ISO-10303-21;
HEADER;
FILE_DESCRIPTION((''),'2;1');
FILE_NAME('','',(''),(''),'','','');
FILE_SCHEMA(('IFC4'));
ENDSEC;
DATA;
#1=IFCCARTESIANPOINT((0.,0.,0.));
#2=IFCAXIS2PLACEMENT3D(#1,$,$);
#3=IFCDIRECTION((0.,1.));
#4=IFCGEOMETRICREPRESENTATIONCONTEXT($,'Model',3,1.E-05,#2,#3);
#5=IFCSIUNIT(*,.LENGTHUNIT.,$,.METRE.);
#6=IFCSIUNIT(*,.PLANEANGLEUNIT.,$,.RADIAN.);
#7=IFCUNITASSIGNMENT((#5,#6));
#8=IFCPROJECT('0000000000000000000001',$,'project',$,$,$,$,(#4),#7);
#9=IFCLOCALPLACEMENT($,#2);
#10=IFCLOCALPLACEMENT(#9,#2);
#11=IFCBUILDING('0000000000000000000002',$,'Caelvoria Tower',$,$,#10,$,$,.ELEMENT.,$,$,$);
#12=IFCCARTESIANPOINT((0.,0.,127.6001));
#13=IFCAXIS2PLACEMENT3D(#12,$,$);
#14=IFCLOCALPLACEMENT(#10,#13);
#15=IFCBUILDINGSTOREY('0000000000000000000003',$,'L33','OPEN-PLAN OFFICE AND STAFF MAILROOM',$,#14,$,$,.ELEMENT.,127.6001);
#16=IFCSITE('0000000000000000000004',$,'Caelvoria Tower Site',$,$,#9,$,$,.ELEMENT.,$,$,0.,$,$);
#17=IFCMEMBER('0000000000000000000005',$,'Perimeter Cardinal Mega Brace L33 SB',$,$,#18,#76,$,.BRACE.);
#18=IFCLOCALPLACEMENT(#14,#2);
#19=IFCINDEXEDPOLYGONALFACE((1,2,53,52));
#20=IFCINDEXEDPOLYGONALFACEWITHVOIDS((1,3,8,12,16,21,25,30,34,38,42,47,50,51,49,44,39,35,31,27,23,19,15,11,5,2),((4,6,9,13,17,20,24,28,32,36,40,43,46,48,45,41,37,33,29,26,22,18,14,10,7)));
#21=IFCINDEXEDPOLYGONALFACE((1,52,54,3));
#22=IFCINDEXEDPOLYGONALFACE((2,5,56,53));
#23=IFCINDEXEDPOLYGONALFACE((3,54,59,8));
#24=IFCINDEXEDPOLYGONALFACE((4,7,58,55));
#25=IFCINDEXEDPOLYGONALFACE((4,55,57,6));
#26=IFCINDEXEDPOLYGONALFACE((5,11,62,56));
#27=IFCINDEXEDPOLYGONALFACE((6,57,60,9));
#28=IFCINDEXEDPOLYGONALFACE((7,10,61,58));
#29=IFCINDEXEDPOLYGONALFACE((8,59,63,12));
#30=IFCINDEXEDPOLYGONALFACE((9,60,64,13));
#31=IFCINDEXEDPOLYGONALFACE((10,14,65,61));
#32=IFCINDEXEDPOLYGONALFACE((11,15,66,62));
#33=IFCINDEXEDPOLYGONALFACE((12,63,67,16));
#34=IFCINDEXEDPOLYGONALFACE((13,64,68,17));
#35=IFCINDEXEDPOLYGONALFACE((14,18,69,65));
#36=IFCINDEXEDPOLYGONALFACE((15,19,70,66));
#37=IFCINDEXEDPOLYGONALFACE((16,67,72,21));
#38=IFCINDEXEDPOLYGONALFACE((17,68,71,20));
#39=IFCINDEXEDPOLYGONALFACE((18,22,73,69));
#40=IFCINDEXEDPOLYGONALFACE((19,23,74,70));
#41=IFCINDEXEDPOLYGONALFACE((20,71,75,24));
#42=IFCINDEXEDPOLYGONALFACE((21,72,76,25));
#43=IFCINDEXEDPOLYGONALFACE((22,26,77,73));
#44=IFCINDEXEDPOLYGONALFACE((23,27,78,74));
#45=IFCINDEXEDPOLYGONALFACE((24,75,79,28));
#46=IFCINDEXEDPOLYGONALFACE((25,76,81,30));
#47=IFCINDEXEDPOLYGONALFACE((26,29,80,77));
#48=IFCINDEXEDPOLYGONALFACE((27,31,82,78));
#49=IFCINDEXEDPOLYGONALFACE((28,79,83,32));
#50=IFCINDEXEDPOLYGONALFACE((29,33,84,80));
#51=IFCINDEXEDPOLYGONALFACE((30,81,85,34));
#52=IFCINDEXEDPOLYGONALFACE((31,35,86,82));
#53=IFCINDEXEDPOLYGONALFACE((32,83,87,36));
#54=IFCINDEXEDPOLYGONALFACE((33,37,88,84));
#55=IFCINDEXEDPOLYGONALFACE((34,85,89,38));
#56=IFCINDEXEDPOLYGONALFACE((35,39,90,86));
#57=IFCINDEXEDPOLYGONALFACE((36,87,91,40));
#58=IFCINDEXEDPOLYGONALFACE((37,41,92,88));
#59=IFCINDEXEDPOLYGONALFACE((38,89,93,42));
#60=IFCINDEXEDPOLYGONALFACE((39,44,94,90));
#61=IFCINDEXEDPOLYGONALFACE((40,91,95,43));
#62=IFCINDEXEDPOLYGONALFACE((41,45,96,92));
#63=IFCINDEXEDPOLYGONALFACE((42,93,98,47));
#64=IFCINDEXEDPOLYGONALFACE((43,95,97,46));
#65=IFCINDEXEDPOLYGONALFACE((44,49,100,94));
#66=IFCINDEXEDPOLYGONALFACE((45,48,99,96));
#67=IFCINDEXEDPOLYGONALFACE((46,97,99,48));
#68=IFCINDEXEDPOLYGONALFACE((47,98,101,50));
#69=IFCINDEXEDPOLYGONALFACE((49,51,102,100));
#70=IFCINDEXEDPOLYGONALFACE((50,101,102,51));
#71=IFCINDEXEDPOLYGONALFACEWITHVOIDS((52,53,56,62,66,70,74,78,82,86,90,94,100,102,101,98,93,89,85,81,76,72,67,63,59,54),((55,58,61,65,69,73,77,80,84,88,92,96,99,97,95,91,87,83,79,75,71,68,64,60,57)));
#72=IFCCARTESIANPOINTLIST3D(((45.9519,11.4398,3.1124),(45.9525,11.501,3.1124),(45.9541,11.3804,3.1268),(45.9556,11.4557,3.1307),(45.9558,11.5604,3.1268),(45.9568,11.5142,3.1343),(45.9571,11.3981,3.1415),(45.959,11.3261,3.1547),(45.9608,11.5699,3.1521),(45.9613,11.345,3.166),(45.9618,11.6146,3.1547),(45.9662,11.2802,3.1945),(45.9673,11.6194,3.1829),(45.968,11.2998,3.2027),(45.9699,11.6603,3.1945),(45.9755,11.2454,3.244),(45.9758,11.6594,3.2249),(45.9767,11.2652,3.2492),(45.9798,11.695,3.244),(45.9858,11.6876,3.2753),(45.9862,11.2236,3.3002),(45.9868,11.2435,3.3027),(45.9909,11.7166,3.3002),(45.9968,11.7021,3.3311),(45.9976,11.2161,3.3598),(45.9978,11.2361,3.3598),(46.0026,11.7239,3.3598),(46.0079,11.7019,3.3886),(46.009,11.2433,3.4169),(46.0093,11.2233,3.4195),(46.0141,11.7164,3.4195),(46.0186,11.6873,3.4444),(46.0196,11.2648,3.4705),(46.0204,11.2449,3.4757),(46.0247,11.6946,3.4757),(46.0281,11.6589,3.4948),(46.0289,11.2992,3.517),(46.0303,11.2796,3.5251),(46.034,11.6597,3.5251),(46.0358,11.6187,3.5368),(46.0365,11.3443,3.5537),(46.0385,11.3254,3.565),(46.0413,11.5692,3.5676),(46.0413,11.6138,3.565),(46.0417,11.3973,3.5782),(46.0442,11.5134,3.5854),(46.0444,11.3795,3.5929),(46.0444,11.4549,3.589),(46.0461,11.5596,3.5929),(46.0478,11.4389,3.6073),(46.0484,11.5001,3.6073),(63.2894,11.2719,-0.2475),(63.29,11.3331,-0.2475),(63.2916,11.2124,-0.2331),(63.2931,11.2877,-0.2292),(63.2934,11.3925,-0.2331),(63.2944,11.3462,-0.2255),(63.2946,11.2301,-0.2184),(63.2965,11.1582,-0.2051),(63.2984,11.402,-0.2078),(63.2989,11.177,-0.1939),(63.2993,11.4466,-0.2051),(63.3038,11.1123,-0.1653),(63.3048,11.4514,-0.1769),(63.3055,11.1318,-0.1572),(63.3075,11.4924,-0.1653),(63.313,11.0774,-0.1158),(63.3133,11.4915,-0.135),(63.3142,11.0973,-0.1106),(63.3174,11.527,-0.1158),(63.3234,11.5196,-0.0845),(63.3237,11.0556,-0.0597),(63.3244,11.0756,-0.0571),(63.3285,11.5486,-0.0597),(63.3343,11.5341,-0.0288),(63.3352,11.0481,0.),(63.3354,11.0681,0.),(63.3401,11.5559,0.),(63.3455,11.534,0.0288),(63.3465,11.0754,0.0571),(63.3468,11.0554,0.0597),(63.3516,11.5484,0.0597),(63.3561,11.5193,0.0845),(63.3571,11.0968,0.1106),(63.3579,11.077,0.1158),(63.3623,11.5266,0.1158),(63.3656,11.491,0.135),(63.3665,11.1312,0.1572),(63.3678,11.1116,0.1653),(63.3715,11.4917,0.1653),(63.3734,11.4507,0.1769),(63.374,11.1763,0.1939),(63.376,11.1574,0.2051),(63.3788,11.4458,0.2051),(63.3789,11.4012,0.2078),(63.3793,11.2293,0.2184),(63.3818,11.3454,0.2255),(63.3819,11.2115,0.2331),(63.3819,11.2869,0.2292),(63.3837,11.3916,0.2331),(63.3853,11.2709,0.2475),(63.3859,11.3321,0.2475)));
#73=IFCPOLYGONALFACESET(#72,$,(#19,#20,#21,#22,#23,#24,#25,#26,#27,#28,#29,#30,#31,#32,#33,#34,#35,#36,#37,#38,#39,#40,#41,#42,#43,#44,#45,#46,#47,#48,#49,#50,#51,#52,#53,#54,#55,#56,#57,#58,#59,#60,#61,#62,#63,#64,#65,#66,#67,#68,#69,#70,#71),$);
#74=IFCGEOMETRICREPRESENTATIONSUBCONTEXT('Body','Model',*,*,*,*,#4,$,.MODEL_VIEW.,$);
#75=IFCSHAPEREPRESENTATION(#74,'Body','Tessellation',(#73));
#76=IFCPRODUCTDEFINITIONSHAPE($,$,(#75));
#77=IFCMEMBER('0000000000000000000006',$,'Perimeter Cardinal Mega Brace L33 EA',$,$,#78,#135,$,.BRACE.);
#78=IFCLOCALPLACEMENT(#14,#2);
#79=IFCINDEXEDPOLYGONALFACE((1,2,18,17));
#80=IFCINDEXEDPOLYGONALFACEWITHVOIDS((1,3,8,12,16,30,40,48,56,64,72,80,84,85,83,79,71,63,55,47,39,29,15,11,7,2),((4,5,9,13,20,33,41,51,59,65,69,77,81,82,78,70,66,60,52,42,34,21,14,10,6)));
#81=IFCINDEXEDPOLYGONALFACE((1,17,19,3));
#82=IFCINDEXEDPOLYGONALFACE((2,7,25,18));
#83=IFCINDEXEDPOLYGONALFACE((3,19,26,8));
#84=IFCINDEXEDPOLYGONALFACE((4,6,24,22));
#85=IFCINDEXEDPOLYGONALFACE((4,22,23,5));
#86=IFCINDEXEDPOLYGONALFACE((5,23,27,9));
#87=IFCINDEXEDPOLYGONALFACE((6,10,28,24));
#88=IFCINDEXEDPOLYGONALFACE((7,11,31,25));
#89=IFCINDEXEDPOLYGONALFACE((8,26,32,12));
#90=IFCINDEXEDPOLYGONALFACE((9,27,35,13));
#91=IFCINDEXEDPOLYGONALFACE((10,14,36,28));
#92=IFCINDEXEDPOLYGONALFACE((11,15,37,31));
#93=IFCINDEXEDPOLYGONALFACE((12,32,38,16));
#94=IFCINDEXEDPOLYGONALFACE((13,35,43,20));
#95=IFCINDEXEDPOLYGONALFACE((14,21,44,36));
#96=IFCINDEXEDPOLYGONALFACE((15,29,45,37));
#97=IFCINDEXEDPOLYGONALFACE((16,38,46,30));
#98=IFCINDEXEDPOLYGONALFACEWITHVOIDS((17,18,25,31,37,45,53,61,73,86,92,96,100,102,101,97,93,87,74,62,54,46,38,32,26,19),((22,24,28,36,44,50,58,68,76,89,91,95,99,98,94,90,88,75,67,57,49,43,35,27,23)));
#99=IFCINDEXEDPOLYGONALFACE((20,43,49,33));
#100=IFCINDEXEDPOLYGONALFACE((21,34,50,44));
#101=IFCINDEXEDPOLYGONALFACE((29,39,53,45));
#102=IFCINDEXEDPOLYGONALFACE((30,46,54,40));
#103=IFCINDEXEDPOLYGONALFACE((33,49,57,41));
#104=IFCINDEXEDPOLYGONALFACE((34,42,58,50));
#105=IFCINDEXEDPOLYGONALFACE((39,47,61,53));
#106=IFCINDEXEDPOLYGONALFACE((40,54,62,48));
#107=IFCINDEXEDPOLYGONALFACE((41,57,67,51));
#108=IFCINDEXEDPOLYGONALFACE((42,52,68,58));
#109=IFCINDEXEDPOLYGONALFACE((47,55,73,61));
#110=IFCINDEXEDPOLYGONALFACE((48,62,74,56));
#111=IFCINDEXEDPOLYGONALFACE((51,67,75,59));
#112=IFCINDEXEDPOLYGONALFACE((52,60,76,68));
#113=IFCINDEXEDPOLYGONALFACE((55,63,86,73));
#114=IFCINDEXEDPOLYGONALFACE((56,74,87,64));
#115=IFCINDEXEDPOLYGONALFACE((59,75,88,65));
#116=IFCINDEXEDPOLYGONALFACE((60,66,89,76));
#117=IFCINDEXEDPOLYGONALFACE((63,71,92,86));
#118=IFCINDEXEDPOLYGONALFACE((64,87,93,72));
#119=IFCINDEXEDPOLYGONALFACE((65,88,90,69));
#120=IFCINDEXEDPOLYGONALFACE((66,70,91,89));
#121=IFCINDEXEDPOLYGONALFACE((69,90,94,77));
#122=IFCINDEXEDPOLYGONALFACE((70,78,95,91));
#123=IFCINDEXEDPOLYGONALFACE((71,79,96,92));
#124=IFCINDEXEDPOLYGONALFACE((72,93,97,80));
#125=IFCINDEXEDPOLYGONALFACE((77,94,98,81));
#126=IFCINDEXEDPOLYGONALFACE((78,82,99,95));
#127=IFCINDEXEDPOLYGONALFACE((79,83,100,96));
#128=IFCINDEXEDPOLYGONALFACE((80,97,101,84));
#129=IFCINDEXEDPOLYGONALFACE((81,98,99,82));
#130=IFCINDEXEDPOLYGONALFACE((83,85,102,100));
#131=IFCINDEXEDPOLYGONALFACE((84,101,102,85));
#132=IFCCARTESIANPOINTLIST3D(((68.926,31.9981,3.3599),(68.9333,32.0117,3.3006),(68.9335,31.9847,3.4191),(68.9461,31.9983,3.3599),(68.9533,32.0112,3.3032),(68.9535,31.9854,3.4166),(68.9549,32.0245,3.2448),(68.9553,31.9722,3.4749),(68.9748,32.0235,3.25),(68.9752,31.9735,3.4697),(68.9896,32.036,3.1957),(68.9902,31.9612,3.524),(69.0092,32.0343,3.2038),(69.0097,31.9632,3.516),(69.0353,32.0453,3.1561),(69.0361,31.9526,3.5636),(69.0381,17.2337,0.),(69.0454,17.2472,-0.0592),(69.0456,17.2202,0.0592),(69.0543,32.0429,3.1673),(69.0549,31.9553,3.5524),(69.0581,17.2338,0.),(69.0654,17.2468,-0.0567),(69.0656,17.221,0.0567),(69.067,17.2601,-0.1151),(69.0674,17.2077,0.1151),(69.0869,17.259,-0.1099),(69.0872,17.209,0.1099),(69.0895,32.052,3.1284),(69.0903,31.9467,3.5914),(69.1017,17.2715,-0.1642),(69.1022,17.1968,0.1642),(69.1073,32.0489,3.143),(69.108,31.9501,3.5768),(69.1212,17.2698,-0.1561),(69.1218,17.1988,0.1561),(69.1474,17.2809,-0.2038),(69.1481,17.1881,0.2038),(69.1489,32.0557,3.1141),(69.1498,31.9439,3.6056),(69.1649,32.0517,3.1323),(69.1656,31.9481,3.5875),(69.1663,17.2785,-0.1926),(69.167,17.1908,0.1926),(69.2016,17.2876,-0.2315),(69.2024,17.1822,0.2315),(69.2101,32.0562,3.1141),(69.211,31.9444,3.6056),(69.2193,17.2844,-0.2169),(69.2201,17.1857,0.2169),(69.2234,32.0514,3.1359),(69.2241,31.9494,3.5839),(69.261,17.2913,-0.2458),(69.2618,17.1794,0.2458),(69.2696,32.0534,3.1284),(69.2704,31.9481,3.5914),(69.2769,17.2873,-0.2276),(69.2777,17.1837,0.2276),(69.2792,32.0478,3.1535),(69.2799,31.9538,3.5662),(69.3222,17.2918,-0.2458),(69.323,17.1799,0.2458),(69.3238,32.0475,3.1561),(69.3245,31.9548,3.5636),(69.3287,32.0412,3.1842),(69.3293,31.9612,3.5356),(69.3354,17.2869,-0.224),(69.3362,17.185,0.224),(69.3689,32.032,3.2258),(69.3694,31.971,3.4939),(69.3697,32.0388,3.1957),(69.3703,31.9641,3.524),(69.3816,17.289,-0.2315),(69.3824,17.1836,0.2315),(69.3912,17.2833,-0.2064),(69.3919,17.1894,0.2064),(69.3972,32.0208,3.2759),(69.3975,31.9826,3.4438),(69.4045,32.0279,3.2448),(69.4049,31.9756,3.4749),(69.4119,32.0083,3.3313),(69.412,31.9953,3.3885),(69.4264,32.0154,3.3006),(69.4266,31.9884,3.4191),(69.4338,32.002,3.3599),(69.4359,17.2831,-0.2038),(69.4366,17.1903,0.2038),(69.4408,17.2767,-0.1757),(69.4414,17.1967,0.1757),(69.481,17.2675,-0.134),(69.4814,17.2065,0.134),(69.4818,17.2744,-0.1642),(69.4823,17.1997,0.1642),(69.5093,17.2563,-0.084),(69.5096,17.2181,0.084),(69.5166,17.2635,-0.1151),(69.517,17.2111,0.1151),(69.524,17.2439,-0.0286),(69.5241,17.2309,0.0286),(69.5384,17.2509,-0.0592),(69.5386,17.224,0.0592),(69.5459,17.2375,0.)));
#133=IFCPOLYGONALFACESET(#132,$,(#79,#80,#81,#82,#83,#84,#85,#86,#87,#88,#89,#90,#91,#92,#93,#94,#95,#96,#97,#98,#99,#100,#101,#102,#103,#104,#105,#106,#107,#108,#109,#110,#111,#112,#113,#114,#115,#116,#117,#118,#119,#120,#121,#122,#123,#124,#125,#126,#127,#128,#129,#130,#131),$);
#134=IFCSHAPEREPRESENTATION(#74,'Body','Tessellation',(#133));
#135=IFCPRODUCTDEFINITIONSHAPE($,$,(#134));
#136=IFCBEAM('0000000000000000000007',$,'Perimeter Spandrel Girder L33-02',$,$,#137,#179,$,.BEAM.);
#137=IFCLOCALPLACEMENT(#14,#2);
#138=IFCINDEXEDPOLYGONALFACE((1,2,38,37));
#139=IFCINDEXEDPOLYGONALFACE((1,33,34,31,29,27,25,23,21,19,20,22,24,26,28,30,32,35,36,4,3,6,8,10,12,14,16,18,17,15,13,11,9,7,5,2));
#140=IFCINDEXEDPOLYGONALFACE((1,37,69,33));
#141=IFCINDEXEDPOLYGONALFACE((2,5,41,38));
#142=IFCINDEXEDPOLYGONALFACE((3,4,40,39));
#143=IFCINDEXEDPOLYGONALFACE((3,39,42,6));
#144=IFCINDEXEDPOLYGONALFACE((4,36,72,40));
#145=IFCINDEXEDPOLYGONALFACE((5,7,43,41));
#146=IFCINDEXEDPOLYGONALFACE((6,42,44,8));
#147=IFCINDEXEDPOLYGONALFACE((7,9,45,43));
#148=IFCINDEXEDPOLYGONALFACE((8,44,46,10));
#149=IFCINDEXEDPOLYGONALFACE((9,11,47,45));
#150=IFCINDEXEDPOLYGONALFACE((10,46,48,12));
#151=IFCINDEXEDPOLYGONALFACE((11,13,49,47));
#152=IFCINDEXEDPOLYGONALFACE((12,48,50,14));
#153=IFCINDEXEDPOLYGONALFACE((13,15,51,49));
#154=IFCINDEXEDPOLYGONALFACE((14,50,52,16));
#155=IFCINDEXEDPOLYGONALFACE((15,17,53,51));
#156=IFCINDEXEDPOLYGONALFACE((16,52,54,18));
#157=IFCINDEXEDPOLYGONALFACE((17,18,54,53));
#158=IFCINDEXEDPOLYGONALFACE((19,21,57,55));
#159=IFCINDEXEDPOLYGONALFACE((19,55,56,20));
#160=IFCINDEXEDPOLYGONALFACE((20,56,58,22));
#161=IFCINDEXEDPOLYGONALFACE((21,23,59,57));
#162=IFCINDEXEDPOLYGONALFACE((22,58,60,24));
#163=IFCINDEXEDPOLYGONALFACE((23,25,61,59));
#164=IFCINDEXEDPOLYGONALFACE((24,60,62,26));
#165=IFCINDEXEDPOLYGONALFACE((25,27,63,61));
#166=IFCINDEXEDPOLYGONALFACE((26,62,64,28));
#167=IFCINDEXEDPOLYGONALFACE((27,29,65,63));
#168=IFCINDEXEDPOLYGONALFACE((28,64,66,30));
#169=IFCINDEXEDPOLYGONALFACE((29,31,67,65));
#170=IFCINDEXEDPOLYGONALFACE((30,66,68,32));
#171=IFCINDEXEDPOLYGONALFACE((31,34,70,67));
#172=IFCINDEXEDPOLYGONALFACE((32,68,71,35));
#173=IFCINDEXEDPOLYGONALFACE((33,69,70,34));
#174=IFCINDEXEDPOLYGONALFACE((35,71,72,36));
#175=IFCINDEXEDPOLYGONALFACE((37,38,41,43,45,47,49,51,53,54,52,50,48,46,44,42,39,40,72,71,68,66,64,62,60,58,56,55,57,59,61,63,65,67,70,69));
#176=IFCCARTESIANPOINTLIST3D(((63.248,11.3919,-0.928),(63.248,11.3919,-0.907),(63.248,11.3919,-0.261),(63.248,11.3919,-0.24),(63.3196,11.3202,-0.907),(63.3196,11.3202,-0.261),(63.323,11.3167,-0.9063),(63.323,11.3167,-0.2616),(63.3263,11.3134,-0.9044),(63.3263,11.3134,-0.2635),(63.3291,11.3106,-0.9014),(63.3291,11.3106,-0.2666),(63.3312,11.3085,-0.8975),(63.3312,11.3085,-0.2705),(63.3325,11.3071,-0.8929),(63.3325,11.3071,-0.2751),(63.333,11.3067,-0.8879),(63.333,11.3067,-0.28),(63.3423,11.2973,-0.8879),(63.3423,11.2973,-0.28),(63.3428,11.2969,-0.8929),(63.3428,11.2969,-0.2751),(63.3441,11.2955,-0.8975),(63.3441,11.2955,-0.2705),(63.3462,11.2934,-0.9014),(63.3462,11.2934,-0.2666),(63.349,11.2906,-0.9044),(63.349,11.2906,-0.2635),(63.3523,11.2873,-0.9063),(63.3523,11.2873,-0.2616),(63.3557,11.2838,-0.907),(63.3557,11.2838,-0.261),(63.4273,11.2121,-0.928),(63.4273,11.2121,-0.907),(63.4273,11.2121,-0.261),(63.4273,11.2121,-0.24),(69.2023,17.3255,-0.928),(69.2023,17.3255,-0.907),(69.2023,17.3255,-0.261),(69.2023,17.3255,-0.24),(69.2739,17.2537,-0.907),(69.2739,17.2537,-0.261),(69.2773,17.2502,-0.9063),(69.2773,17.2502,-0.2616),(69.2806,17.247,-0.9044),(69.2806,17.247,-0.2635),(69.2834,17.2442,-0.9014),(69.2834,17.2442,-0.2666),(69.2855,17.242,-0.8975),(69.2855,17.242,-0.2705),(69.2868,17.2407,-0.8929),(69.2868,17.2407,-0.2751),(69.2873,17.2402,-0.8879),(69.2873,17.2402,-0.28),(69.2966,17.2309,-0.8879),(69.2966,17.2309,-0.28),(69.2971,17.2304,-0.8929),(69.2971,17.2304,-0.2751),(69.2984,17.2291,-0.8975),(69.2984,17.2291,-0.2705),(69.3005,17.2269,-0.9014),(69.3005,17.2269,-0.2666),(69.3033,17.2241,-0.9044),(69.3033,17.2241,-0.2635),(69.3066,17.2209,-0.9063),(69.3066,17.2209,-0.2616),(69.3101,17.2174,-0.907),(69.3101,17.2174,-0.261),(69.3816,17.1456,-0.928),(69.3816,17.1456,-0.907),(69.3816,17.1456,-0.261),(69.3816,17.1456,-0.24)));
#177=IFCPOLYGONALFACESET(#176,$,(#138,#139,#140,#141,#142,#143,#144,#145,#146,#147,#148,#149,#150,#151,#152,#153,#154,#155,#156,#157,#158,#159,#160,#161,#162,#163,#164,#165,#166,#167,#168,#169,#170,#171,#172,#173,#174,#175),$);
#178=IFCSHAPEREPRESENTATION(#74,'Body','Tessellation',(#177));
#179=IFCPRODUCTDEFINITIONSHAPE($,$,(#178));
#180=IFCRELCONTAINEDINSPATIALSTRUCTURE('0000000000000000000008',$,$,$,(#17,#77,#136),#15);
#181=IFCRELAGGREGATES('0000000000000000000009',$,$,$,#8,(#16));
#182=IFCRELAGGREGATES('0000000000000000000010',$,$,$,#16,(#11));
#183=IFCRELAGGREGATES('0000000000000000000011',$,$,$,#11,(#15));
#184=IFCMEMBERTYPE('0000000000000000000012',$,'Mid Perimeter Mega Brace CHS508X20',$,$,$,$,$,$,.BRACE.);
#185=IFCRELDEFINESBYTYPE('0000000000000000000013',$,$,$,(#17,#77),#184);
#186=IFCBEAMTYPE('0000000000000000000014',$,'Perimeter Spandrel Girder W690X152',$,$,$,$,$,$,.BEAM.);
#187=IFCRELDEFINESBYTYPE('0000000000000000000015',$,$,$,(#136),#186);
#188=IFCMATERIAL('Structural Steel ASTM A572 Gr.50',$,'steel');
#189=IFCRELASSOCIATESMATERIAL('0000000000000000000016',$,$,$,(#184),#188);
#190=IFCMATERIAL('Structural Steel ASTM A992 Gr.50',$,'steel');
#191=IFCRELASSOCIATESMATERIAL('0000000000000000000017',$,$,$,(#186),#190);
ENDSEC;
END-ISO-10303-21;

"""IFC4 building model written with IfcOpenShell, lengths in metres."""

from ifc_helpers import new_model, si_unit, direction, frame, origin, origin_2d, place, context, subcontext, project, spatial, hollow_circle, i_section, extrude, material, material_profile, profile_set, type_object, element, save


model = new_model("IFC4")

# Units and contexts
model_context = context("Model", 3, precision=1e-05, world=origin(), true_north=direction((0.0, 1.0)))
body_context = subcontext(model_context, "Body", "Model", "MODEL_VIEW")
ifc_project = project(units=[si_unit("LENGTHUNIT", "METRE"), si_unit("PLANEANGLEUNIT", "RADIAN")], contexts=[model_context])

# Site, building, storey
site_placement = place(None, origin())
site = spatial("IfcSite", under=ifc_project, at=site_placement, Name="Caelvoria Tower Site", CompositionType="ELEMENT", RefElevation=0.0)
building_placement = place(site_placement, origin())
building = spatial("IfcBuilding", under=site, at=building_placement, Name="Caelvoria Tower", CompositionType="ELEMENT")
storey_placement = place(building_placement, frame((0.0, 0.0, 127.6001)))
storey = spatial("IfcBuildingStorey", under=building, at=storey_placement, Name="L33", Description="OPEN-PLAN OFFICE AND STAFF MAILROOM", CompositionType="ELEMENT", Elevation=127.6001)

# Shared definitions
ifc_material_1 = material(Name="Structural Steel ASTM A572 Gr.50", Category="steel")

# Members
ifc_material_profile_1 = material_profile(ifc_material_1, hollow_circle(Radius=0.2539, WallThickness=0.02, at=origin_2d()), Name="Structural Steel ASTM A572 Gr.50")
ifc_profile_set_1 = profile_set([ifc_material_profile_1], Name="CHS508X20 - Structural Steel ASTM A572 Gr.50")
member_type = type_object("IfcMemberType", Name="Mid Perimeter Mega Brace CHS508X20", PredefinedType="BRACE", material=ifc_profile_set_1)
member_1_placement = place(storey_placement, frame((63.3376, 11.302, 0.0), z_axis=(-0.981691, 0.009511, 0.190242), x_axis=(-0.009688, -0.999953, 0.0)))
element("IfcMember", 1, at=member_1_placement, inside=storey, type_object=member_type, Name="Perimeter Cardinal Mega Brace L33 SB", PredefinedType="BRACE", context=body_context, shape_type="SweptSolid", body=[
    extrude(hollow_circle(Radius=0.2539, WallThickness=0.02, at=origin_2d()), origin(), (0.0, 0.0, 1.0), 17.6609),
])
member_2_placement = place(storey_placement, frame((69.292, 17.2356, 0.0), z_axis=(-0.007401, 0.975045, 0.221886), x_axis=(-0.999971, -0.00759, 0.0)))
element("IfcMember", 2, at=member_2_placement, inside=storey, type_object=member_type, Name="Perimeter Cardinal Mega Brace L33 EA", PredefinedType="BRACE", context=body_context, shape_type="SweptSolid", body=[
    extrude(hollow_circle(Radius=0.2539, WallThickness=0.02, at=origin_2d()), origin(), (0.0, 0.0, 1.0), 15.1423),
])

# Beam
ifc_material_2 = material(Name="Structural Steel ASTM A992 Gr.50", Category="steel")
ifc_material_profile_2 = material_profile(ifc_material_2, i_section(OverallWidth=0.2539, OverallDepth=0.688, WebThickness=0.0132, FlangeThickness=0.021, FilletRadius=0.019, at=origin_2d()), Name="Structural Steel ASTM A992 Gr.50")
ifc_profile_set_2 = profile_set([ifc_material_profile_2], Name="W690X152 - Structural Steel ASTM A992 Gr.50")
beam_type = type_object("IfcBeamType", Name="Perimeter Spandrel Girder W690X152", PredefinedType="BEAM", material=ifc_profile_set_2)
beam_placement = place(storey_placement, frame((63.3376, 11.302, -0.584), z_axis=(0.70834, 0.705871, 0.0), x_axis=(-0.705871, 0.70834, 0.0)))
element("IfcBeam", 3, at=beam_placement, inside=storey, type_object=beam_type, Name="Perimeter Spandrel Girder L33-02", PredefinedType="BEAM", context=body_context, shape_type="SweptSolid", body=[
    extrude(i_section(OverallWidth=0.2539, OverallDepth=0.688, WebThickness=0.0132, FlangeThickness=0.021, FilletRadius=0.019, at=origin_2d()), origin(), (0.0, 0.0, 1.0), 8.406),
])

save(model, "model.ifc")
